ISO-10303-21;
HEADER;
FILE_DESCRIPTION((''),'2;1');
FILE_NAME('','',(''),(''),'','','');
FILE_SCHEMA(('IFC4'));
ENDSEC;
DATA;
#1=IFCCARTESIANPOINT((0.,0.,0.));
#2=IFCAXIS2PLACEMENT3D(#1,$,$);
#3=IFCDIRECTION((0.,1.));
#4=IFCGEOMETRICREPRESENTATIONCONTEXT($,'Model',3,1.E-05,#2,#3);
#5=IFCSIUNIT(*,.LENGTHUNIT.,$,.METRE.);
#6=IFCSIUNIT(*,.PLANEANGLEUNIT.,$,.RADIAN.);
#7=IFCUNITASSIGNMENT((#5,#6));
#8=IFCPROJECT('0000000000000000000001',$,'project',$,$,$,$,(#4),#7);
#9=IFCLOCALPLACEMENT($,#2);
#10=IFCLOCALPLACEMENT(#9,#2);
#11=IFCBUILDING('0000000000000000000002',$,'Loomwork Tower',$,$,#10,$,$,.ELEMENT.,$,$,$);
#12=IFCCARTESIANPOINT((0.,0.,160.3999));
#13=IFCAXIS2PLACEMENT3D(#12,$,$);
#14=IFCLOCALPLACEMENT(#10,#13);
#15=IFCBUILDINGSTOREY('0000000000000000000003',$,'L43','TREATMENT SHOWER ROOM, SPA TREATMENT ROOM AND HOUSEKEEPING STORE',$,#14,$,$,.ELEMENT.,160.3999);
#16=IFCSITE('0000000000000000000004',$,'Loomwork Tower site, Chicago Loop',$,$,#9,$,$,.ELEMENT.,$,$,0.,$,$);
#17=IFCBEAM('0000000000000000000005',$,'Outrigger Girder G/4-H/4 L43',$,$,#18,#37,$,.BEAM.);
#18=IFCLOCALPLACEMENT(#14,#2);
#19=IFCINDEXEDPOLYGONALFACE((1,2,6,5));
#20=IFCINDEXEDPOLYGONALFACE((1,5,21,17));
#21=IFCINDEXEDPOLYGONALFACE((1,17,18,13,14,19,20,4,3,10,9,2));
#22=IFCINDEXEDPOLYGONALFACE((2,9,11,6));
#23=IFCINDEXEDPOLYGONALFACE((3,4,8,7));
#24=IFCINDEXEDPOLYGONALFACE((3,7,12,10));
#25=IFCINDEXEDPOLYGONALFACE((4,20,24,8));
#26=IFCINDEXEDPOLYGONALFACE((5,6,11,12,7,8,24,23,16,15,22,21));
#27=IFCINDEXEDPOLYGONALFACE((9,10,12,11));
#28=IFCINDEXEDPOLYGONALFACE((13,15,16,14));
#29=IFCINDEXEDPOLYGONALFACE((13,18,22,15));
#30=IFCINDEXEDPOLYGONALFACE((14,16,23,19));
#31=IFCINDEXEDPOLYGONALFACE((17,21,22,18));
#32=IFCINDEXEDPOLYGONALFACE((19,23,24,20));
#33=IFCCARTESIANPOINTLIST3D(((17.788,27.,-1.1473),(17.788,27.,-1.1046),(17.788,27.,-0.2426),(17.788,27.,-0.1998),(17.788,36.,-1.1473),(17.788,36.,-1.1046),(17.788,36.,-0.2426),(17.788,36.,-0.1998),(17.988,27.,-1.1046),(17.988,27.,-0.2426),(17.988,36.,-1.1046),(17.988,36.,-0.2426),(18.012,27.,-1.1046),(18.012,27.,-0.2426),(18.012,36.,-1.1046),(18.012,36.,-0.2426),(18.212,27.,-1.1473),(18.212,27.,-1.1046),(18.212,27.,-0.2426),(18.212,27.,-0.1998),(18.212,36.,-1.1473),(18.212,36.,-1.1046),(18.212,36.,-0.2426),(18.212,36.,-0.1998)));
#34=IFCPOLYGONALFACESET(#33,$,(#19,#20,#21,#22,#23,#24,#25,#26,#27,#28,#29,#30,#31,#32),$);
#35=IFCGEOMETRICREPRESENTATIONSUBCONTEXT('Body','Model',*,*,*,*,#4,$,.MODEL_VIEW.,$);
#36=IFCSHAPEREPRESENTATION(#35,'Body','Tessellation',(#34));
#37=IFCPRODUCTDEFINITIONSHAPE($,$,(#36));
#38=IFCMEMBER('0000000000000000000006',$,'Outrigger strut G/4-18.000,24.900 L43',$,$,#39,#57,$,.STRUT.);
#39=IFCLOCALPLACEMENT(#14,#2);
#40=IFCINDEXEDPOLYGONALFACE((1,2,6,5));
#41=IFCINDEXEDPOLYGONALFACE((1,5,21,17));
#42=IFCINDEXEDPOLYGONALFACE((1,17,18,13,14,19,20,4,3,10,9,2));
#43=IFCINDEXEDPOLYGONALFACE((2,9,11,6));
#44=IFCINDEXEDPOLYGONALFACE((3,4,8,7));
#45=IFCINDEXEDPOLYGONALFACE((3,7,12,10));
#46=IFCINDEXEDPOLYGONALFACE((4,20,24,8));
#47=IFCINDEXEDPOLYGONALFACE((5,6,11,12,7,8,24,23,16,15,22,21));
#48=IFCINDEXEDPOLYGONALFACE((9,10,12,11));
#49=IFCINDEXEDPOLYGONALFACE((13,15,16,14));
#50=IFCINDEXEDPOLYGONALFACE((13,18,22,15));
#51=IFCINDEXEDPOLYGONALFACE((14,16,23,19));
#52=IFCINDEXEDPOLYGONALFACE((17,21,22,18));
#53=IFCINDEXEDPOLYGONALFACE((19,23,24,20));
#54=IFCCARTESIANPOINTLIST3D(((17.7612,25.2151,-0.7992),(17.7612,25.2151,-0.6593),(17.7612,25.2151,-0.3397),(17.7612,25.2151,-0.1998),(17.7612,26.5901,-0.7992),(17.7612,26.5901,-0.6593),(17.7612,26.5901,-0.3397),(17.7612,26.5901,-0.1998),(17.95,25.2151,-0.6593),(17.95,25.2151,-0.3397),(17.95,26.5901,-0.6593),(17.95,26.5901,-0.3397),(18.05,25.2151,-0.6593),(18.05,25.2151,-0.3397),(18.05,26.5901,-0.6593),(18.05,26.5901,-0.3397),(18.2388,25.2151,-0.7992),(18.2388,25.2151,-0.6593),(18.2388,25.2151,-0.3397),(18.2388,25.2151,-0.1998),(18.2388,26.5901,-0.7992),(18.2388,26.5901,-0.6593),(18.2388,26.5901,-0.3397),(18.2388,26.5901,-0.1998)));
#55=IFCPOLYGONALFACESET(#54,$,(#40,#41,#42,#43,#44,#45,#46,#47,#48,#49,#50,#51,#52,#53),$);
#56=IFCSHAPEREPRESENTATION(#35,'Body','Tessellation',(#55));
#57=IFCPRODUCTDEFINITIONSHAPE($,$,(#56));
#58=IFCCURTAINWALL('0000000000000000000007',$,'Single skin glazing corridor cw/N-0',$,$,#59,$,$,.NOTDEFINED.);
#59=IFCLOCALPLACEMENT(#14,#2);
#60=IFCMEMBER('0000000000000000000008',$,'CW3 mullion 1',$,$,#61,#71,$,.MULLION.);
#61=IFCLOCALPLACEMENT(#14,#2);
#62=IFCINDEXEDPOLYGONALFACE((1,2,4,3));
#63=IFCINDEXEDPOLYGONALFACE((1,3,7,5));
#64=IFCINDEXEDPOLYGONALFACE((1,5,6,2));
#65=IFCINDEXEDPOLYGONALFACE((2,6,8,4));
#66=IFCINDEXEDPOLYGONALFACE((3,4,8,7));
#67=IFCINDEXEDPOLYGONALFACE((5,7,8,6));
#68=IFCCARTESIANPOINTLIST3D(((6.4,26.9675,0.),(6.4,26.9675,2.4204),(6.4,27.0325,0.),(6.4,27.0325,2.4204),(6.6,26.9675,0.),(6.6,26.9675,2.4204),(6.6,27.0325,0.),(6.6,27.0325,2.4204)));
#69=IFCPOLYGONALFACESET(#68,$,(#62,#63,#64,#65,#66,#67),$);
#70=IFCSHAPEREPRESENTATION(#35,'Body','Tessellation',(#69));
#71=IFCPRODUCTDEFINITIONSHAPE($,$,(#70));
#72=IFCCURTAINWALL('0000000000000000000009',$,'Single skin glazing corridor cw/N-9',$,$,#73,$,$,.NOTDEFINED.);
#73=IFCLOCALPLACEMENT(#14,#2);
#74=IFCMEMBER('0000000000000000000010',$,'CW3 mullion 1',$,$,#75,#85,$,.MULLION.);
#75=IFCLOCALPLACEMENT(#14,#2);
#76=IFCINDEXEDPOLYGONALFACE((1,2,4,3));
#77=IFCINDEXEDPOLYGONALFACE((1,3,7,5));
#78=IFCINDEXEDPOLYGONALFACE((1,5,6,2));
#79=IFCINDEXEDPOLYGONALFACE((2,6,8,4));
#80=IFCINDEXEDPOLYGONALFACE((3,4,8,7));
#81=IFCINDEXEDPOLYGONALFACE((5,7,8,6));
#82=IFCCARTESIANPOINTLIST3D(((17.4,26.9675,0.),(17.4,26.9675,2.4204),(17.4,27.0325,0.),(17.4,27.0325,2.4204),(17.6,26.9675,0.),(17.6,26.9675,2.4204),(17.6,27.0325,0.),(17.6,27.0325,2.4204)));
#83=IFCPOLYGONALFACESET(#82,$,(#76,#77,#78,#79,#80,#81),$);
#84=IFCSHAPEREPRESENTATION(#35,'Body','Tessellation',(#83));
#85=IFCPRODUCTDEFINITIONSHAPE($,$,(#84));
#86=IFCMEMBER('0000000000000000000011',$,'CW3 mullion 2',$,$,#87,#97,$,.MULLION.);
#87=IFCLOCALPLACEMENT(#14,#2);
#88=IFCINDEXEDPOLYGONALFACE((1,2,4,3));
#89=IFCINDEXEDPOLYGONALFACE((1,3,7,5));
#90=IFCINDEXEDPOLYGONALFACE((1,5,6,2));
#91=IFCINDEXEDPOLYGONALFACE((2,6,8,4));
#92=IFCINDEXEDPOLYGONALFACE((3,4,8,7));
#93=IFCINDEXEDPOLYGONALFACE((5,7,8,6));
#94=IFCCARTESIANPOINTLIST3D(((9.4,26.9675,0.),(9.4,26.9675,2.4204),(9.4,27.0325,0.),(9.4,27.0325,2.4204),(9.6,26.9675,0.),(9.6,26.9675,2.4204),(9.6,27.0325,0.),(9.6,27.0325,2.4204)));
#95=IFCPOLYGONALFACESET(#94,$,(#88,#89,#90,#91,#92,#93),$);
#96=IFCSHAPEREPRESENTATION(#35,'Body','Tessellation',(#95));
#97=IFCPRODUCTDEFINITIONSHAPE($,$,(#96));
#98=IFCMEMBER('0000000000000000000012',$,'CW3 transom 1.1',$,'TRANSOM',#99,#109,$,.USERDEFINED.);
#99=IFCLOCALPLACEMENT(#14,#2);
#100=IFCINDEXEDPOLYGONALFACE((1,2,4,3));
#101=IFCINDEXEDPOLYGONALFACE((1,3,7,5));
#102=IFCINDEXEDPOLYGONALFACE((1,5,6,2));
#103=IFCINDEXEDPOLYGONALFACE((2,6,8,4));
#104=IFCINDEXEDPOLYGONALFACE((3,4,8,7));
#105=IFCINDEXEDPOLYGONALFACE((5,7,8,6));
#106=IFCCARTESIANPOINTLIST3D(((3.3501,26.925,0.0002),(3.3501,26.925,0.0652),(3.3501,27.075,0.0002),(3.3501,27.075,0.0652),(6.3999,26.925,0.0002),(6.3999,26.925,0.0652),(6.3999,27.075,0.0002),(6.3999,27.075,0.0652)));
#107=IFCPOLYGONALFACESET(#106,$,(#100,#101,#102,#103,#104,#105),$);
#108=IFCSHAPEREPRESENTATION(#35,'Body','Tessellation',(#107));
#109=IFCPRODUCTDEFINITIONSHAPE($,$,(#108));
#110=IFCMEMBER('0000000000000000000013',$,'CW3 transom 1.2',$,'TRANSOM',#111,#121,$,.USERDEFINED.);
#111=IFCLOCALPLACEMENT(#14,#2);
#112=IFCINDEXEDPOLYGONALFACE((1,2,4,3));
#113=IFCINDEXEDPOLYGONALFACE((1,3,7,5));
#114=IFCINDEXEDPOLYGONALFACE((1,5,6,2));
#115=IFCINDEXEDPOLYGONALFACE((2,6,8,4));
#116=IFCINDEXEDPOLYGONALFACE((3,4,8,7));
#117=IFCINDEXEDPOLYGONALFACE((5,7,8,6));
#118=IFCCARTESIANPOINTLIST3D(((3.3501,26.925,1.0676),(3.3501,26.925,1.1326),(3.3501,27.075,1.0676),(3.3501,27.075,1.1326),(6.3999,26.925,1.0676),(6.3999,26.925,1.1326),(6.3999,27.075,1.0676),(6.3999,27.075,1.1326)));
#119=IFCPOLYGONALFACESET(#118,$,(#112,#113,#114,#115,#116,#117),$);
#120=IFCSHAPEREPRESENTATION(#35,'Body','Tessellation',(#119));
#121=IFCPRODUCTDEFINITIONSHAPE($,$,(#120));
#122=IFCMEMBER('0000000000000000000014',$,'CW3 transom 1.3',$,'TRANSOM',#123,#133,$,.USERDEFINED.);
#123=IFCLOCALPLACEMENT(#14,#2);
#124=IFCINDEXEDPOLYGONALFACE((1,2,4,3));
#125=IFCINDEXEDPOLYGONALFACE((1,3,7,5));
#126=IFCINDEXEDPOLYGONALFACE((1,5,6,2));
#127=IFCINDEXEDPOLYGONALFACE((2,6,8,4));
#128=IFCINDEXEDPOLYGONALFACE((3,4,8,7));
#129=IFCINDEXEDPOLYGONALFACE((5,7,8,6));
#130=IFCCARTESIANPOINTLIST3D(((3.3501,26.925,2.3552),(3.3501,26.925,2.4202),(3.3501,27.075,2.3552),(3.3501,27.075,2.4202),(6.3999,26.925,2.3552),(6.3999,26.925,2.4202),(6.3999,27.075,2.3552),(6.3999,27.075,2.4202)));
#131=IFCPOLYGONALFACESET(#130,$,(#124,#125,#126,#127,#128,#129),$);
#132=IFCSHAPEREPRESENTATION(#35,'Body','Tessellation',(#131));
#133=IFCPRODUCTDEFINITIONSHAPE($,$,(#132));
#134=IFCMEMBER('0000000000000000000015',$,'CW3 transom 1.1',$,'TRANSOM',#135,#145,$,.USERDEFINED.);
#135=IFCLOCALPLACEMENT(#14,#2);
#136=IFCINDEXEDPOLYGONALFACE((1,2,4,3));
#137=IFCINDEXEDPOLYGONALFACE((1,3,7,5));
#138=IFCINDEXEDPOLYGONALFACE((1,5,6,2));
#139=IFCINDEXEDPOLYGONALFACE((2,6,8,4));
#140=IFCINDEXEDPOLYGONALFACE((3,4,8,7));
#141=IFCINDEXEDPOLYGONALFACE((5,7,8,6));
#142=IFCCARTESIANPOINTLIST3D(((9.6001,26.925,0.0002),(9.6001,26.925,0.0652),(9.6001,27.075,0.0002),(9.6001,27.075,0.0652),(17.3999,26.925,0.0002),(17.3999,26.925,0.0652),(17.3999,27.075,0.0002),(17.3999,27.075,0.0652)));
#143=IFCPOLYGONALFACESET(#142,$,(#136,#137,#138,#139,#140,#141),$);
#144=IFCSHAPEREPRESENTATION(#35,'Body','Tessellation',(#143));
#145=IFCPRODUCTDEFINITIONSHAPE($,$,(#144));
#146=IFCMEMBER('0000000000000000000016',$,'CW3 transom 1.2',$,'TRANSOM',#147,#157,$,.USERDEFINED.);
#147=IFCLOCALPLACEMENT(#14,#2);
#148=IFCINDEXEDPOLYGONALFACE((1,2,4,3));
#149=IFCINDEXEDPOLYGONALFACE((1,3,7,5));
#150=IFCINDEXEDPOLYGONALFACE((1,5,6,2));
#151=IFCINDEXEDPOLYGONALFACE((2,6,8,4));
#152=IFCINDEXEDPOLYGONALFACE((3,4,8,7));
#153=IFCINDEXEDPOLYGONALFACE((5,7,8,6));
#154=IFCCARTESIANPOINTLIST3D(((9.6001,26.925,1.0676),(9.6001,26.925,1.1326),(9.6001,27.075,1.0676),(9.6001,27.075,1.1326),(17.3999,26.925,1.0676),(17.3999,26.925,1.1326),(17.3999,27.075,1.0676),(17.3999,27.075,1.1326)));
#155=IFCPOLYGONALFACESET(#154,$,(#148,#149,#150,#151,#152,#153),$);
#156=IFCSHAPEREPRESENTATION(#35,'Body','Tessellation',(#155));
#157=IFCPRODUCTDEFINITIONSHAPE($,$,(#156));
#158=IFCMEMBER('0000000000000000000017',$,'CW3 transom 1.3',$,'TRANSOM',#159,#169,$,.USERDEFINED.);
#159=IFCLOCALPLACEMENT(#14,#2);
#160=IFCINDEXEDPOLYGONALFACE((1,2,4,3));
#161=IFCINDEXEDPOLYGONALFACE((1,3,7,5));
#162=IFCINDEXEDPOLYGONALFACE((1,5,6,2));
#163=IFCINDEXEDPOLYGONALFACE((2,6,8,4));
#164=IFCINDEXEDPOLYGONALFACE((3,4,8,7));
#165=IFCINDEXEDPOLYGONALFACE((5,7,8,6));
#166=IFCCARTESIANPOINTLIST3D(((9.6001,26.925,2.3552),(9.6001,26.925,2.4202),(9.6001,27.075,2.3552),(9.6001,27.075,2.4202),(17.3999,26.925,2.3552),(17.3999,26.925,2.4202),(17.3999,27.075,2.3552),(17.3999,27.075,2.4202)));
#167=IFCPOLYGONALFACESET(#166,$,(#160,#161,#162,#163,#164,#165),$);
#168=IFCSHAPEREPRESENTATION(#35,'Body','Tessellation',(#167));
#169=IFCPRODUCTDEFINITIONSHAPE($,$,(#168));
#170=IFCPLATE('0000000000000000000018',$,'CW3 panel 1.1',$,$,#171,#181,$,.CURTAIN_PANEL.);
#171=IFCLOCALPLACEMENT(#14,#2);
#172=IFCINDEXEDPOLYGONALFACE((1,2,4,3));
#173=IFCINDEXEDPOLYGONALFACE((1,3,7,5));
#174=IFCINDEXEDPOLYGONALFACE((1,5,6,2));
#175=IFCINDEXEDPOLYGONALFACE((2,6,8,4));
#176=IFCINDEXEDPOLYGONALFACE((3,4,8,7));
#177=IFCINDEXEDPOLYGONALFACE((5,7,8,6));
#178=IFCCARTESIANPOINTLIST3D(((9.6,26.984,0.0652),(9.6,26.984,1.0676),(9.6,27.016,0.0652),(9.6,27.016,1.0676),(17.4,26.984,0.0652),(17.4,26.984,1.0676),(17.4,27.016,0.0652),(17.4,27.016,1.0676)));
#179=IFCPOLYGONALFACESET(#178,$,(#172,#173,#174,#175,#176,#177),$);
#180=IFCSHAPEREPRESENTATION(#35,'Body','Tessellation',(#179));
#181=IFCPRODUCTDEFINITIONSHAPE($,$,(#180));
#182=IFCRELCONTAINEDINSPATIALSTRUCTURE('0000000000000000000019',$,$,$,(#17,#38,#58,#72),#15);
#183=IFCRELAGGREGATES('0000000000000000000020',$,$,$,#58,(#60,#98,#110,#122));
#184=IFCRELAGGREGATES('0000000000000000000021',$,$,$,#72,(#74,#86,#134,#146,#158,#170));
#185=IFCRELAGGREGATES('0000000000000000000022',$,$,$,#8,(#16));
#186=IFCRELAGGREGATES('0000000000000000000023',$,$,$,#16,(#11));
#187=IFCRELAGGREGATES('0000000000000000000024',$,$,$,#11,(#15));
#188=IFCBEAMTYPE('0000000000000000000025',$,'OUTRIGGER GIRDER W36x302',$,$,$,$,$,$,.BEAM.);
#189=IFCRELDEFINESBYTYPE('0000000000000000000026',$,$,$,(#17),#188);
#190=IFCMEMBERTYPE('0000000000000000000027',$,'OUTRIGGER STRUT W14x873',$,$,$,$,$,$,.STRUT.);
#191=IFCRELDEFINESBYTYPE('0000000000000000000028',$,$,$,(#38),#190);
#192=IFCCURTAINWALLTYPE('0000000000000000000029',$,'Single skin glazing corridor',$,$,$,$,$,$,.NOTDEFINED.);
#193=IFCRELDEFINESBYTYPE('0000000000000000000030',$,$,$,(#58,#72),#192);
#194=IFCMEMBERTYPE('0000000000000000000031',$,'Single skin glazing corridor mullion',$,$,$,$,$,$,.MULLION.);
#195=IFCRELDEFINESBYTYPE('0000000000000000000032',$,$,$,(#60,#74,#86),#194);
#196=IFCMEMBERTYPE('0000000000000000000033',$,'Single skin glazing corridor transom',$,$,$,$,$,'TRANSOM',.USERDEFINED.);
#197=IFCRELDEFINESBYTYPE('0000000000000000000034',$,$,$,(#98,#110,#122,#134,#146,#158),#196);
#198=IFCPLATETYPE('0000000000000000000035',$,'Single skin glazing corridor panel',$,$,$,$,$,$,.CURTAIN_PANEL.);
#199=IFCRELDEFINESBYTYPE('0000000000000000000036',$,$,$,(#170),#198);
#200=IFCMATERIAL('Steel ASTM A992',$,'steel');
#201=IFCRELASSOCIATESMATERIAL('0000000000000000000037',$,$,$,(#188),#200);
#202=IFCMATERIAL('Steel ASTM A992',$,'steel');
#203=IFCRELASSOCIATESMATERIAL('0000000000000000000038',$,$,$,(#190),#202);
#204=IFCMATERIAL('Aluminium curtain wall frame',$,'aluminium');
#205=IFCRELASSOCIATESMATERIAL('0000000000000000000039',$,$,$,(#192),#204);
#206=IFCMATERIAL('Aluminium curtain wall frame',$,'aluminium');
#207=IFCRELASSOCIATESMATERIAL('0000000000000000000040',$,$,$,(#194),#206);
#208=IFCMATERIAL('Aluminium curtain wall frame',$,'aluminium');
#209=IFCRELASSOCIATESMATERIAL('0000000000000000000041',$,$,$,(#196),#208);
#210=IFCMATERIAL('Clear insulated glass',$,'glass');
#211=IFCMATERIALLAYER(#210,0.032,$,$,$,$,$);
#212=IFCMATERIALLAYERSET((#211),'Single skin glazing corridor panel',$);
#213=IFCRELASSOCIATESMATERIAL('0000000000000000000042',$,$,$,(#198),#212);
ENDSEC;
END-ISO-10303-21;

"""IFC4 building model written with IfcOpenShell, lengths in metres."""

from ifc_helpers import new_model, si_unit, direction, frame, origin, origin_2d, place, context, subcontext, project, spatial, rectangle, i_section, extrude, material, layer, layer_set, material_profile, profile_set, type_object, element, aggregate, save


model = new_model("IFC4")

# Units and contexts
model_context = context("Model", 3, precision=1e-05, world=origin(), true_north=direction((0.0, 1.0)))
body_context = subcontext(model_context, "Body", "Model", "MODEL_VIEW")
ifc_project = project(units=[si_unit("LENGTHUNIT", "METRE"), si_unit("PLANEANGLEUNIT", "RADIAN")], contexts=[model_context])

# Site, building, storey
site_placement = place(None, origin())
site = spatial("IfcSite", under=ifc_project, at=site_placement, Name="Loomwork Tower site, Chicago Loop", CompositionType="ELEMENT", RefElevation=0.0)
building_placement = place(site_placement, origin())
building = spatial("IfcBuilding", under=site, at=building_placement, Name="Loomwork Tower", CompositionType="ELEMENT")
storey_placement = place(building_placement, frame((0.0, 0.0, 160.3999)))
storey = spatial("IfcBuildingStorey", under=building, at=storey_placement, Name="L43", Description="TREATMENT SHOWER ROOM, SPA TREATMENT ROOM AND HOUSEKEEPING STORE", CompositionType="ELEMENT", Elevation=160.3999)

# Beam
ifc_material_1 = material(Name="Steel ASTM A992", Category="steel")
ifc_material_profile_1 = material_profile(ifc_material_1, i_section(OverallWidth=0.4241, OverallDepth=0.9475, WebThickness=0.0239, FlangeThickness=0.0427, at=origin_2d()), Name="W36x302")
ifc_profile_set_1 = profile_set([ifc_material_profile_1], Name="Steel ASTM A992")
beam_type_1 = type_object("IfcBeamType", Name="OUTRIGGER GIRDER W36x302", PredefinedType="BEAM", material=ifc_profile_set_1)
beam_1_placement = place(storey_placement, frame((18.0, 27.0, -0.6736), z_axis=(0.0, 1.0, 0.0), x_axis=(-1.0, 0.0, 0.0)))
element("IfcBeam", 1, at=beam_1_placement, inside=storey, type_object=beam_type_1, Name="Outrigger Girder G/4-H/4 L43", PredefinedType="BEAM", context=body_context, shape_type="SweptSolid", body=[
    extrude(i_section(OverallWidth=0.4241, OverallDepth=0.9475, WebThickness=0.0239, FlangeThickness=0.0427, at=origin_2d()), origin(), (0.0, 0.0, 1.0), 9.0),
])

# Member
ifc_material_2 = material(Name="Steel ASTM A992", Category="steel")
ifc_material_profile_2 = material_profile(ifc_material_2, i_section(OverallWidth=0.4775, OverallDepth=0.5994, WebThickness=0.1001, FlangeThickness=0.1399, at=origin_2d()), Name="W14x873")
ifc_profile_set_2 = profile_set([ifc_material_profile_2], Name="Steel ASTM A992")
member_type_1 = type_object("IfcMemberType", Name="OUTRIGGER STRUT W14x873", PredefinedType="STRUT", material=ifc_profile_set_2)
member_1_placement = place(storey_placement, frame((18.0, 26.5901, -0.4995), z_axis=(0.0, -1.0, 0.0), x_axis=(1.0, 0.0, 0.0)))
element("IfcMember", 2, at=member_1_placement, inside=storey, type_object=member_type_1, Name="Outrigger strut G/4-18.000,24.900 L43", PredefinedType="STRUT", context=body_context, shape_type="SweptSolid", body=[
    extrude(i_section(OverallWidth=0.4775, OverallDepth=0.5994, WebThickness=0.1001, FlangeThickness=0.1399, at=origin_2d()), origin(), (0.0, 0.0, 1.0), 1.375),
])

# Curtain wall, member
ifc_material_3 = material(Name="Aluminium curtain wall frame", Category="aluminium")
curtain_wall_type = type_object("IfcCurtainWallType", Name="Single skin glazing corridor", PredefinedType="NOTDEFINED", material=ifc_material_3)
curtain_wall_1_placement = place(storey_placement, origin())
curtain_wall_1 = element("IfcCurtainWall", 3, at=curtain_wall_1_placement, inside=storey, type_object=curtain_wall_type, Name="Single skin glazing corridor cw/N-0", PredefinedType="NOTDEFINED")
ifc_material_4 = material(Name="Aluminium curtain wall frame", Category="aluminium")
ifc_material_profile_3 = material_profile(ifc_material_4, rectangle(XDim=0.0649, YDim=0.2, at=origin_2d()), Name="AL 65x200")
ifc_profile_set_3 = profile_set([ifc_material_profile_3], Name="Aluminium curtain wall frame")
member_type_2 = type_object("IfcMemberType", Name="Single skin glazing corridor mullion", PredefinedType="MULLION", material=ifc_profile_set_3)
member_2_placement = place(storey_placement, frame((6.5, 27.0, 0.0), z_axis=(0.0, 0.0, 1.0), x_axis=(0.0, -1.0, 0.0)))
member_2 = element("IfcMember", 4, at=member_2_placement, type_object=member_type_2, Name="CW3 mullion 1", PredefinedType="MULLION", context=body_context, shape_type="SweptSolid", body=[
    extrude(rectangle(XDim=0.0649, YDim=0.2, at=origin_2d()), origin(), (0.0, 0.0, 1.0), 2.4204),
])

# Curtain wall, members
curtain_wall_2_placement = place(storey_placement, origin())
curtain_wall_2 = element("IfcCurtainWall", 5, at=curtain_wall_2_placement, inside=storey, type_object=curtain_wall_type, Name="Single skin glazing corridor cw/N-9", PredefinedType="NOTDEFINED")
member_3_placement = place(storey_placement, frame((17.5, 27.0, 0.0), z_axis=(0.0, 0.0, 1.0), x_axis=(0.0, -1.0, 0.0)))
member_3 = element("IfcMember", 6, at=member_3_placement, type_object=member_type_2, Name="CW3 mullion 1", PredefinedType="MULLION", context=body_context, shape_type="SweptSolid", body=[
    extrude(rectangle(XDim=0.0649, YDim=0.2, at=origin_2d()), origin(), (0.0, 0.0, 1.0), 2.4204),
])
member_4_placement = place(storey_placement, frame((9.5, 27.0, 0.0), z_axis=(0.0, 0.0, 1.0), x_axis=(0.0, -1.0, 0.0)))
member_4 = element("IfcMember", 7, at=member_4_placement, type_object=member_type_2, Name="CW3 mullion 2", PredefinedType="MULLION", context=body_context, shape_type="SweptSolid", body=[
    extrude(rectangle(XDim=0.0649, YDim=0.2, at=origin_2d()), origin(), (0.0, 0.0, 1.0), 2.4204),
])

# Members
ifc_material_5 = material(Name="Aluminium curtain wall frame", Category="aluminium")
ifc_material_profile_4 = material_profile(ifc_material_5, rectangle(XDim=0.1499, YDim=0.0649, at=origin_2d()), Name="AL 65x150")
ifc_profile_set_4 = profile_set([ifc_material_profile_4], Name="Aluminium curtain wall frame")
member_type_3 = type_object("IfcMemberType", Name="Single skin glazing corridor transom", ElementType="TRANSOM", PredefinedType="USERDEFINED", material=ifc_profile_set_4)
member_5_placement = place(storey_placement, frame((6.3999, 27.0, 0.0327), z_axis=(-1.0, 0.0, 0.0), x_axis=(0.0, -1.0, 0.0)))
member_5 = element("IfcMember", 8, at=member_5_placement, type_object=member_type_3, Name="CW3 transom 1.1", ObjectType="TRANSOM", PredefinedType="USERDEFINED", context=body_context, shape_type="SweptSolid", body=[
    extrude(rectangle(XDim=0.1499, YDim=0.0649, at=origin_2d()), origin(), (0.0, 0.0, 1.0), 3.0498),
])
member_6_placement = place(storey_placement, frame((6.3999, 27.0, 1.1001), z_axis=(-1.0, 0.0, 0.0), x_axis=(0.0, -1.0, 0.0)))
member_6 = element("IfcMember", 9, at=member_6_placement, type_object=member_type_3, Name="CW3 transom 1.2", ObjectType="TRANSOM", PredefinedType="USERDEFINED", context=body_context, shape_type="SweptSolid", body=[
    extrude(rectangle(XDim=0.1499, YDim=0.0649, at=origin_2d()), origin(), (0.0, 0.0, 1.0), 3.0498),
])
member_7_placement = place(storey_placement, frame((6.3999, 27.0, 2.3877), z_axis=(-1.0, 0.0, 0.0), x_axis=(0.0, -1.0, 0.0)))
member_7 = element("IfcMember", 10, at=member_7_placement, type_object=member_type_3, Name="CW3 transom 1.3", ObjectType="TRANSOM", PredefinedType="USERDEFINED", context=body_context, shape_type="SweptSolid", body=[
    extrude(rectangle(XDim=0.1499, YDim=0.0649, at=origin_2d()), origin(), (0.0, 0.0, 1.0), 3.0498),
])
aggregate(curtain_wall_1, [member_2, member_5, member_6, member_7])
member_8_placement = place(storey_placement, frame((17.3999, 27.0, 0.0327), z_axis=(-1.0, 0.0, 0.0), x_axis=(0.0, -1.0, 0.0)))
member_8 = element("IfcMember", 11, at=member_8_placement, type_object=member_type_3, Name="CW3 transom 1.1", ObjectType="TRANSOM", PredefinedType="USERDEFINED", context=body_context, shape_type="SweptSolid", body=[
    extrude(rectangle(XDim=0.1499, YDim=0.0649, at=origin_2d()), origin(), (0.0, 0.0, 1.0), 7.7998),
])
member_9_placement = place(storey_placement, frame((17.3999, 27.0, 1.1001), z_axis=(-1.0, 0.0, 0.0), x_axis=(0.0, -1.0, 0.0)))
member_9 = element("IfcMember", 12, at=member_9_placement, type_object=member_type_3, Name="CW3 transom 1.2", ObjectType="TRANSOM", PredefinedType="USERDEFINED", context=body_context, shape_type="SweptSolid", body=[
    extrude(rectangle(XDim=0.1499, YDim=0.0649, at=origin_2d()), origin(), (0.0, 0.0, 1.0), 7.7998),
])
member_10_placement = place(storey_placement, frame((17.3999, 27.0, 2.3877), z_axis=(-1.0, 0.0, 0.0), x_axis=(0.0, -1.0, 0.0)))
member_10 = element("IfcMember", 13, at=member_10_placement, type_object=member_type_3, Name="CW3 transom 1.3", ObjectType="TRANSOM", PredefinedType="USERDEFINED", context=body_context, shape_type="SweptSolid", body=[
    extrude(rectangle(XDim=0.1499, YDim=0.0649, at=origin_2d()), origin(), (0.0, 0.0, 1.0), 7.7998),
])

# Plate
ifc_material_6 = material(Name="Clear insulated glass", Category="glass")
ifc_layer_1 = layer(ifc_material_6, 0.032)
ifc_layer_set_1 = layer_set([ifc_layer_1], Name="Single skin glazing corridor panel")
plate_type = type_object("IfcPlateType", Name="Single skin glazing corridor panel", PredefinedType="CURTAIN_PANEL", material=ifc_layer_set_1)
plate_1_placement = place(storey_placement, frame((13.5, 27.0, 0.0652), z_axis=(0.0, 0.0, 1.0), x_axis=(-1.0, 0.0, 0.0)))
plate_1 = element("IfcPlate", 14, at=plate_1_placement, type_object=plate_type, Name="CW3 panel 1.1", PredefinedType="CURTAIN_PANEL", context=body_context, shape_type="SweptSolid", body=[
    extrude(rectangle(XDim=7.8, YDim=0.032, at=origin_2d()), origin(), (0.0, 0.0, 1.0), 1.0024),
])
aggregate(curtain_wall_2, [member_3, member_4, member_8, member_9, member_10, plate_1])

save(model, "model.ifc")
